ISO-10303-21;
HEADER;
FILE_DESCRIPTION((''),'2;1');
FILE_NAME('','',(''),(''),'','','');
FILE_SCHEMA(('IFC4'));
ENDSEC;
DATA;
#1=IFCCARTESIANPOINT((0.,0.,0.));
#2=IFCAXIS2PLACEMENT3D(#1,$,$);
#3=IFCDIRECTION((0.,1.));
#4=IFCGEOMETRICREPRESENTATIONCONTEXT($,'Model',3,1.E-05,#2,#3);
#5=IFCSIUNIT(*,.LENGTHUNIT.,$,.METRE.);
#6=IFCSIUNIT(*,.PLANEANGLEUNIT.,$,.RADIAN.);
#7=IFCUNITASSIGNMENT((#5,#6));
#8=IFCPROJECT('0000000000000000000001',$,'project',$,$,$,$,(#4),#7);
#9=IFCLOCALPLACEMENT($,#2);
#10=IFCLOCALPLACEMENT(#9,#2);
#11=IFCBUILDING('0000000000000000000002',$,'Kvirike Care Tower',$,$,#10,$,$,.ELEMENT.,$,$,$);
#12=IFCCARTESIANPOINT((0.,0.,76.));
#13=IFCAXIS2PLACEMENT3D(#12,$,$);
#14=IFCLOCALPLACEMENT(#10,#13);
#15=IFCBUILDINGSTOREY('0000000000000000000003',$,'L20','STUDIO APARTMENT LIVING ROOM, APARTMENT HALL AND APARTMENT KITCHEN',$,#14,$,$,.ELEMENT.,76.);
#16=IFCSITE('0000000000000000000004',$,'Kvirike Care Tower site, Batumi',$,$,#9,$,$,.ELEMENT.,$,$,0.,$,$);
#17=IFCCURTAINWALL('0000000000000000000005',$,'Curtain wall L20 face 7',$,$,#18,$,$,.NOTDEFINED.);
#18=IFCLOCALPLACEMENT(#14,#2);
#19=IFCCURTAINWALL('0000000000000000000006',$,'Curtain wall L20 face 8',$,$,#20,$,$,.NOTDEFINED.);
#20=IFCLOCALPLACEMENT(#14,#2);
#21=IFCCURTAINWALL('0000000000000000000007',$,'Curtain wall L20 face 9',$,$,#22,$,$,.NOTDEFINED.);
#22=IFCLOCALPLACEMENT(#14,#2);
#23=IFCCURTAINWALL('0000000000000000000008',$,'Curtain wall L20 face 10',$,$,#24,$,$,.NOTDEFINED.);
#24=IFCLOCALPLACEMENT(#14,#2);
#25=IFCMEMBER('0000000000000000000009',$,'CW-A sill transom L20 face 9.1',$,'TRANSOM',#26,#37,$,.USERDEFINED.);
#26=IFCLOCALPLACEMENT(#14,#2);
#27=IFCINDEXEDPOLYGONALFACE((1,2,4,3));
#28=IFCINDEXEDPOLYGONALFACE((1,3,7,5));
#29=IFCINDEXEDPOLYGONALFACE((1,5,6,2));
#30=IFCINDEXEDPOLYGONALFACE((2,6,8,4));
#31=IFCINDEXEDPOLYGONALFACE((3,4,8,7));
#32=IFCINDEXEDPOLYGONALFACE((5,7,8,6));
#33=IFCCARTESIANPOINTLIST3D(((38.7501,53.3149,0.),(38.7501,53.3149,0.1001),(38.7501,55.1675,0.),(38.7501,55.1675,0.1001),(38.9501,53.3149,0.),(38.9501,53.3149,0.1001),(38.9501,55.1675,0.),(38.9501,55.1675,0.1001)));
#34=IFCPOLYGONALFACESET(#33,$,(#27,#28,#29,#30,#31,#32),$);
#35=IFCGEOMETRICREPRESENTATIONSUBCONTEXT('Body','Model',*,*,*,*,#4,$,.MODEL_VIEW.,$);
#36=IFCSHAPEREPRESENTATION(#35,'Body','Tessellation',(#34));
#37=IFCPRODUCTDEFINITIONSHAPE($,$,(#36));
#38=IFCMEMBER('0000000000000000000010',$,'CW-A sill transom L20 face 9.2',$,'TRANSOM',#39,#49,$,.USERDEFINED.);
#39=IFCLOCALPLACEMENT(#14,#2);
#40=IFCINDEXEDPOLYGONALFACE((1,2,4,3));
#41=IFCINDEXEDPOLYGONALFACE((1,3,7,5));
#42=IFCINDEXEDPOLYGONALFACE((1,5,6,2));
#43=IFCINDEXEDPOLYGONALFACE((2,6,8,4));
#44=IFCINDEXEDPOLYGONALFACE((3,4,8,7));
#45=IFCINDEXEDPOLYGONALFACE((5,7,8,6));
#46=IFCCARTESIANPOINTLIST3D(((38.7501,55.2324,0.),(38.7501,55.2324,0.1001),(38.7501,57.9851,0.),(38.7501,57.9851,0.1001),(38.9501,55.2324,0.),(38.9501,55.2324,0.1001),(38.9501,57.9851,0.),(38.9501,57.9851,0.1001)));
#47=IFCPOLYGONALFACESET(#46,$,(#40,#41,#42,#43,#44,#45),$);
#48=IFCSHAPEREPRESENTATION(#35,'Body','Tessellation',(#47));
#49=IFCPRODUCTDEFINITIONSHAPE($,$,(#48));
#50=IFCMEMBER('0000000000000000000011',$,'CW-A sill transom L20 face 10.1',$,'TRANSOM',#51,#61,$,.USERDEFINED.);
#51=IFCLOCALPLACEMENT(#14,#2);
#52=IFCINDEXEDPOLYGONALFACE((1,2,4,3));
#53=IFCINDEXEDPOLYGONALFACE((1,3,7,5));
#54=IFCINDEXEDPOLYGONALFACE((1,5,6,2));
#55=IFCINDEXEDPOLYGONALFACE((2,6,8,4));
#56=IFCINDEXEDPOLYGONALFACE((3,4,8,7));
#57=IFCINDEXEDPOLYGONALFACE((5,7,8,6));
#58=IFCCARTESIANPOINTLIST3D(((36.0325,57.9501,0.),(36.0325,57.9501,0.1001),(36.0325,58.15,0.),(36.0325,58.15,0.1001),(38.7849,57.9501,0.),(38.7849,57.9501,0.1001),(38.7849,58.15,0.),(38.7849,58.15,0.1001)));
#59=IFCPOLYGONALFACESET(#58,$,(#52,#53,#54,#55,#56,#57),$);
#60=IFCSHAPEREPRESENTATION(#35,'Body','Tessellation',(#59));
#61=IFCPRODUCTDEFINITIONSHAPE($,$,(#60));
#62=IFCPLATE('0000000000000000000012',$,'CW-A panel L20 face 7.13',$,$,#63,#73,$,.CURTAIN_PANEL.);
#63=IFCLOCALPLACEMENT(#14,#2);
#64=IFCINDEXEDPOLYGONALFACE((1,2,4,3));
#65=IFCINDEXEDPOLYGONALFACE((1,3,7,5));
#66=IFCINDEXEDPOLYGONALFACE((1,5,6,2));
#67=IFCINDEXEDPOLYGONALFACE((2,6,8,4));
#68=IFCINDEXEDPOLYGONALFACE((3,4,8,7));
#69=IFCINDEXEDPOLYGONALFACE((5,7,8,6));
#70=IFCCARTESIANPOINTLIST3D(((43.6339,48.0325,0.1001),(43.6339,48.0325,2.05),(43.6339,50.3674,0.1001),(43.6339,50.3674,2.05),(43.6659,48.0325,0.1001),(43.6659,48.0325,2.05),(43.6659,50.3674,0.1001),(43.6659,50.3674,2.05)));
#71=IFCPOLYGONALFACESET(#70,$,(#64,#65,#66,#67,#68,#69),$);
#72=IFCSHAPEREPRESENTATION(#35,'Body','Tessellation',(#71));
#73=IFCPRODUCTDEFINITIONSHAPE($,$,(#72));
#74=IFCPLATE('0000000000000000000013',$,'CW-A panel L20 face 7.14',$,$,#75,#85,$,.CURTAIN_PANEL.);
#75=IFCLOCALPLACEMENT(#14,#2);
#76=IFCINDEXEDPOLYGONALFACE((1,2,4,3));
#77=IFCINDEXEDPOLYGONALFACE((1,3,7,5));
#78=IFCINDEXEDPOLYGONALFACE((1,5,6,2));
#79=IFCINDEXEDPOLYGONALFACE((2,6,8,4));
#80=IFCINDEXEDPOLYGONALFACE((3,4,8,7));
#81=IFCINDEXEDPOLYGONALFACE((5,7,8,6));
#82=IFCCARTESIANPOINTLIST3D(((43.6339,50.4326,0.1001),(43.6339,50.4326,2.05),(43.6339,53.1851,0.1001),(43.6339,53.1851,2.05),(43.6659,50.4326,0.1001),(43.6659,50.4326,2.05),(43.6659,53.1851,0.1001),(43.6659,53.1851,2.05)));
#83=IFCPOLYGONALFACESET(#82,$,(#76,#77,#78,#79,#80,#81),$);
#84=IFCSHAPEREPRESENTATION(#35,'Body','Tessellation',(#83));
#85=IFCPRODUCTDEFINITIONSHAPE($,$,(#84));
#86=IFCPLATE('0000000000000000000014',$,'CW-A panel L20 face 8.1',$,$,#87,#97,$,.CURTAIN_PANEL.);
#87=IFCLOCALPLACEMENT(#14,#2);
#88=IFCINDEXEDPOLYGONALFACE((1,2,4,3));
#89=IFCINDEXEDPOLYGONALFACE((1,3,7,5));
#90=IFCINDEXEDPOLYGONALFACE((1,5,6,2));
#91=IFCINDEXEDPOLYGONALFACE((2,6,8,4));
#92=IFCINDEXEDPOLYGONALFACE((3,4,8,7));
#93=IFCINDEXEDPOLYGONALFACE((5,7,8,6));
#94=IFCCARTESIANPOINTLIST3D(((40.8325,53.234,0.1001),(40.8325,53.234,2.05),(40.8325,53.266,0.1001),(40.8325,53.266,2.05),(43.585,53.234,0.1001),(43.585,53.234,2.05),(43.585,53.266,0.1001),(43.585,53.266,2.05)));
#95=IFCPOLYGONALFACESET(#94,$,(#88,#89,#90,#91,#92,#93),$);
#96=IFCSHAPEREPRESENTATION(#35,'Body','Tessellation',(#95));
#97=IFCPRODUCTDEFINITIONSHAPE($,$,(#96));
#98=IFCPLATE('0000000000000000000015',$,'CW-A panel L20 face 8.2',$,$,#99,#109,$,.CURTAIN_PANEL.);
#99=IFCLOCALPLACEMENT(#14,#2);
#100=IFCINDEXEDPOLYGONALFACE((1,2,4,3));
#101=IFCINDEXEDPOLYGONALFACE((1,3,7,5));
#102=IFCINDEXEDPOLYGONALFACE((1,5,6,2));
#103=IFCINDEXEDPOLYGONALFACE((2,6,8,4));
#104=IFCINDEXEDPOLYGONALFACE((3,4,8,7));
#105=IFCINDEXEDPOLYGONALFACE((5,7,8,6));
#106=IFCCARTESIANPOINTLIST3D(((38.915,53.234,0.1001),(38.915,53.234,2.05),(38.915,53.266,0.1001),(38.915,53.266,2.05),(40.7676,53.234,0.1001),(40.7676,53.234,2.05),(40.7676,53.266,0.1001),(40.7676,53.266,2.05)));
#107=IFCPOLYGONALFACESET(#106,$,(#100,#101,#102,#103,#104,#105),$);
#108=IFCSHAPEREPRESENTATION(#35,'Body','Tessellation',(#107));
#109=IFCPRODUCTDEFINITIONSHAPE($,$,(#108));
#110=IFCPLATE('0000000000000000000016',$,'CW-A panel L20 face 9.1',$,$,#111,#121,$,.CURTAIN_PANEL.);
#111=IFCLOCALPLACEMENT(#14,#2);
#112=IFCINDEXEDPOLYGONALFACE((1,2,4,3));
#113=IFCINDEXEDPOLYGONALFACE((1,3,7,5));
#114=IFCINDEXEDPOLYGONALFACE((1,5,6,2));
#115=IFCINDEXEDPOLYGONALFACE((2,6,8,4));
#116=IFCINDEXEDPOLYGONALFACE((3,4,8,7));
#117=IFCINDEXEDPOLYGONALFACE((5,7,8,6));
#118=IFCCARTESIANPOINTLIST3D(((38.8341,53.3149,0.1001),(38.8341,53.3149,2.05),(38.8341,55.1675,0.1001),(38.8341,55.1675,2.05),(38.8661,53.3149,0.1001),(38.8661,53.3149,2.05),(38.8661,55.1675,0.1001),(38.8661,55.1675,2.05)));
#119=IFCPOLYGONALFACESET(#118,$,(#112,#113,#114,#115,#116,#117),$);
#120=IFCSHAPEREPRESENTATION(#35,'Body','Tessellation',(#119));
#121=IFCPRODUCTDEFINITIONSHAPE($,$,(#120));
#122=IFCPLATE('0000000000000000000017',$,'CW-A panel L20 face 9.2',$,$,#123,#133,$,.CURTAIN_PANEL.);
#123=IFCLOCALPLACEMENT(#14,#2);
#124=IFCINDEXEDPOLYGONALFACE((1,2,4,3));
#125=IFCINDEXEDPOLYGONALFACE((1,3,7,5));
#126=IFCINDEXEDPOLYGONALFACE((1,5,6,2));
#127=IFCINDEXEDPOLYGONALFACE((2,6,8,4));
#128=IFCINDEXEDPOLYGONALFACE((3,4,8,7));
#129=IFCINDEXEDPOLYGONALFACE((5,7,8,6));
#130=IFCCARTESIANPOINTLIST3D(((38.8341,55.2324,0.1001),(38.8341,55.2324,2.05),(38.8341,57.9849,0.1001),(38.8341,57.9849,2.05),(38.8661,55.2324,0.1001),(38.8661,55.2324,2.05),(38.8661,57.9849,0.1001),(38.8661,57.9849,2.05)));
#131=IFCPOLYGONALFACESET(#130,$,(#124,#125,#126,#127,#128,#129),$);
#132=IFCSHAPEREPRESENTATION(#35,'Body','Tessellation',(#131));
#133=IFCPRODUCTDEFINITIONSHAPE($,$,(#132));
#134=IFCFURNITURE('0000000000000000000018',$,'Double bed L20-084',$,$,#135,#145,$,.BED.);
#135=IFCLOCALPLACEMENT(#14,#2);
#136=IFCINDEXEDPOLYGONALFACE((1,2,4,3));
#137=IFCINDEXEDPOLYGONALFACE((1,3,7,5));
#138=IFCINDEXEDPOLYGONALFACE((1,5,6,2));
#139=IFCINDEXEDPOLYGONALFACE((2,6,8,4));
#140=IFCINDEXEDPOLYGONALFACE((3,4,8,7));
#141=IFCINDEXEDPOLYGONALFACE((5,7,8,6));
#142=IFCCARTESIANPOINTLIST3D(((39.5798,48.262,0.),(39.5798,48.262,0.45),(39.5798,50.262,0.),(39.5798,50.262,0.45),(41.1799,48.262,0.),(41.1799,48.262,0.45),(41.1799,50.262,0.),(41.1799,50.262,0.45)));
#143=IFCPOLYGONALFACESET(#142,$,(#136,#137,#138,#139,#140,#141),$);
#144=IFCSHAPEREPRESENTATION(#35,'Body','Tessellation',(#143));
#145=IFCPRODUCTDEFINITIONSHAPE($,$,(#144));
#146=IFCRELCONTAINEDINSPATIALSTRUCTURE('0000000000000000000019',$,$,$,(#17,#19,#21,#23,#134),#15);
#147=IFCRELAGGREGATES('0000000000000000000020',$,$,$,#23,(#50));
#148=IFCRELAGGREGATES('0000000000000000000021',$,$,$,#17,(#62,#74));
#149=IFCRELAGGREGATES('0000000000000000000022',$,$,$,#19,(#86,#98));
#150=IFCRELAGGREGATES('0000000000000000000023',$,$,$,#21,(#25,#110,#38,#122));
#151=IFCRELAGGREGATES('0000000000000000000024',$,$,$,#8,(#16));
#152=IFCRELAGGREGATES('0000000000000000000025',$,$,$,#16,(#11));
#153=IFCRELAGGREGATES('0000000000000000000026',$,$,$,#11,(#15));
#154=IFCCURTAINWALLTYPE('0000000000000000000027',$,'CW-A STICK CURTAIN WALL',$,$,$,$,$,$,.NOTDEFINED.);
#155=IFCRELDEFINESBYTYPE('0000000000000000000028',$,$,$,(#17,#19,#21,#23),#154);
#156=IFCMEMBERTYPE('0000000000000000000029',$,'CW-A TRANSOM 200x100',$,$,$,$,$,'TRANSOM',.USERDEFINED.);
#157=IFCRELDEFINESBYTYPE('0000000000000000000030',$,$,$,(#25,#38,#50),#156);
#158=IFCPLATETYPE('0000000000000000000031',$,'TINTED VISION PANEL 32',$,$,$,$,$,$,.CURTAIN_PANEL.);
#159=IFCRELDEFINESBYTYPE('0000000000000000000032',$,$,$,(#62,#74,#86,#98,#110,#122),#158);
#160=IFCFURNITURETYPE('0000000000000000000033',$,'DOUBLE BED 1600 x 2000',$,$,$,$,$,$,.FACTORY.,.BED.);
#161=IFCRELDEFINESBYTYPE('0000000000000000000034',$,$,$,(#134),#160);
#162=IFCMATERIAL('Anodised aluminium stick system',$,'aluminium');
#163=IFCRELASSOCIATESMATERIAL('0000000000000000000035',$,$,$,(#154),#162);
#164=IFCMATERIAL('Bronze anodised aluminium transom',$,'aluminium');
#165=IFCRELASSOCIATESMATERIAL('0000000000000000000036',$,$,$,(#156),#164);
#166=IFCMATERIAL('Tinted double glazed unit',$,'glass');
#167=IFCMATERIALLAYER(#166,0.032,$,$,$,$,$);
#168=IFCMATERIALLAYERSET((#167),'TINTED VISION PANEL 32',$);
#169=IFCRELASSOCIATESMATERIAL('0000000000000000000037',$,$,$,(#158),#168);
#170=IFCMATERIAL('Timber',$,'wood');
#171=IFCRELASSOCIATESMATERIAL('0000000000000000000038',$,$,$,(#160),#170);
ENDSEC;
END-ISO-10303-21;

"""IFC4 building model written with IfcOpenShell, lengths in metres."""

from ifc_helpers import new_model, si_unit, direction, frame, origin, origin_2d, place, context, subcontext, project, spatial, rectangle, extrude, material, layer, layer_set, material_profile, profile_set, type_object, element, aggregate, save


model = new_model("IFC4")

# Units and contexts
model_context = context("Model", 3, precision=1e-05, world=origin(), true_north=direction((0.0, 1.0)))
body_context = subcontext(model_context, "Body", "Model", "MODEL_VIEW")
ifc_project = project(units=[si_unit("LENGTHUNIT", "METRE"), si_unit("PLANEANGLEUNIT", "RADIAN")], contexts=[model_context])

# Site, building, storey
site_placement = place(None, origin())
site = spatial("IfcSite", under=ifc_project, at=site_placement, Name="Kvirike Care Tower site, Batumi", CompositionType="ELEMENT", RefElevation=0.0)
building_placement = place(site_placement, origin())
building = spatial("IfcBuilding", under=site, at=building_placement, Name="Kvirike Care Tower", CompositionType="ELEMENT")
storey_placement = place(building_placement, frame((0.0, 0.0, 76.0)))
storey = spatial("IfcBuildingStorey", under=building, at=storey_placement, Name="L20", Description="STUDIO APARTMENT LIVING ROOM, APARTMENT HALL AND APARTMENT KITCHEN", CompositionType="ELEMENT", Elevation=76.0)

# Curtain walls
ifc_material_1 = material(Name="Anodised aluminium stick system", Category="aluminium")
curtain_wall_type = type_object("IfcCurtainWallType", Name="CW-A STICK CURTAIN WALL", PredefinedType="NOTDEFINED", material=ifc_material_1)
curtain_wall_1_placement = place(storey_placement, origin())
curtain_wall_1 = element("IfcCurtainWall", 1, at=curtain_wall_1_placement, inside=storey, type_object=curtain_wall_type, Name="Curtain wall L20 face 7", PredefinedType="NOTDEFINED")
curtain_wall_2_placement = place(storey_placement, origin())
curtain_wall_2 = element("IfcCurtainWall", 2, at=curtain_wall_2_placement, inside=storey, type_object=curtain_wall_type, Name="Curtain wall L20 face 8", PredefinedType="NOTDEFINED")
curtain_wall_3_placement = place(storey_placement, origin())
curtain_wall_3 = element("IfcCurtainWall", 3, at=curtain_wall_3_placement, inside=storey, type_object=curtain_wall_type, Name="Curtain wall L20 face 9", PredefinedType="NOTDEFINED")

# Curtain wall
curtain_wall_4_placement = place(storey_placement, origin())
curtain_wall_4 = element("IfcCurtainWall", 4, at=curtain_wall_4_placement, inside=storey, type_object=curtain_wall_type, Name="Curtain wall L20 face 10", PredefinedType="NOTDEFINED")

# Members
ifc_material_2 = material(Name="Bronze anodised aluminium transom", Category="aluminium")
ifc_material_profile_1 = material_profile(ifc_material_2, rectangle(XDim=0.2, YDim=0.1001, at=origin_2d()), Name="CW-A TRANSOM 200x100")
ifc_profile_set_1 = profile_set([ifc_material_profile_1], Name="Bronze anodised aluminium transom")
member_type_1 = type_object("IfcMemberType", Name="CW-A TRANSOM 200x100", ElementType="TRANSOM", PredefinedType="USERDEFINED", material=ifc_profile_set_1)
member_1_placement = place(storey_placement, frame((38.8501, 53.3149, 0.05), z_axis=(0.0, 1.0, 0.0), x_axis=(-1.0, 0.0, 0.0)))
member_1 = element("IfcMember", 5, at=member_1_placement, type_object=member_type_1, Name="CW-A sill transom L20 face 9.1", ObjectType="TRANSOM", PredefinedType="USERDEFINED", context=body_context, shape_type="SweptSolid", body=[
    extrude(rectangle(XDim=0.2, YDim=0.1001, at=origin_2d()), origin(), (0.0, 0.0, 1.0), 1.8525),
])
member_2_placement = place(storey_placement, frame((38.8501, 55.2324, 0.05), z_axis=(0.0, 1.0, 0.0), x_axis=(-1.0, 0.0, 0.0)))
member_2 = element("IfcMember", 6, at=member_2_placement, type_object=member_type_1, Name="CW-A sill transom L20 face 9.2", ObjectType="TRANSOM", PredefinedType="USERDEFINED", context=body_context, shape_type="SweptSolid", body=[
    extrude(rectangle(XDim=0.2, YDim=0.1001, at=origin_2d()), origin(), (0.0, 0.0, 1.0), 2.7527),
])
member_3_placement = place(storey_placement, frame((38.7849, 58.05, 0.05), z_axis=(-1.0, 0.0, 0.0), x_axis=(0.0, -1.0, 0.0)))
member_3 = element("IfcMember", 7, at=member_3_placement, type_object=member_type_1, Name="CW-A sill transom L20 face 10.1", ObjectType="TRANSOM", PredefinedType="USERDEFINED", context=body_context, shape_type="SweptSolid", body=[
    extrude(rectangle(XDim=0.2, YDim=0.1001, at=origin_2d()), origin(), (0.0, 0.0, 1.0), 2.7524),
])
aggregate(curtain_wall_4, [member_3])

# Plates
ifc_material_3 = material(Name="Tinted double glazed unit", Category="glass")
ifc_layer = layer(ifc_material_3, 0.032)
ifc_layer_set = layer_set([ifc_layer], Name="TINTED VISION PANEL 32")
plate_type = type_object("IfcPlateType", Name="TINTED VISION PANEL 32", PredefinedType="CURTAIN_PANEL", material=ifc_layer_set)
plate_1_placement = place(storey_placement, frame((43.6499, 49.2, 0.1001), z_axis=(0.0, 0.0, 1.0), x_axis=(0.0, 1.0, 0.0)))
plate_1 = element("IfcPlate", 8, at=plate_1_placement, type_object=plate_type, Name="CW-A panel L20 face 7.13", PredefinedType="CURTAIN_PANEL", context=body_context, shape_type="SweptSolid", body=[
    extrude(rectangle(XDim=2.335, YDim=0.032, at=origin_2d()), origin(), (0.0, 0.0, 1.0), 1.95),
])
plate_2_placement = place(storey_placement, frame((43.6499, 51.8088, 0.1001), z_axis=(0.0, 0.0, 1.0), x_axis=(0.0, 1.0, 0.0)))
plate_2 = element("IfcPlate", 9, at=plate_2_placement, type_object=plate_type, Name="CW-A panel L20 face 7.14", PredefinedType="CURTAIN_PANEL", context=body_context, shape_type="SweptSolid", body=[
    extrude(rectangle(XDim=2.7524, YDim=0.032, at=origin_2d()), origin(), (0.0, 0.0, 1.0), 1.95),
])
aggregate(curtain_wall_1, [plate_1, plate_2])
plate_3_placement = place(storey_placement, frame((42.2087, 53.25, 0.1001), z_axis=(0.0, 0.0, 1.0), x_axis=(-1.0, 0.0, 0.0)))
plate_3 = element("IfcPlate", 10, at=plate_3_placement, type_object=plate_type, Name="CW-A panel L20 face 8.1", PredefinedType="CURTAIN_PANEL", context=body_context, shape_type="SweptSolid", body=[
    extrude(rectangle(XDim=2.7524, YDim=0.032, at=origin_2d()), origin(), (0.0, 0.0, 1.0), 1.95),
])
plate_4_placement = place(storey_placement, frame((39.8413, 53.25, 0.1001), z_axis=(0.0, 0.0, 1.0), x_axis=(-1.0, 0.0, 0.0)))
plate_4 = element("IfcPlate", 11, at=plate_4_placement, type_object=plate_type, Name="CW-A panel L20 face 8.2", PredefinedType="CURTAIN_PANEL", context=body_context, shape_type="SweptSolid", body=[
    extrude(rectangle(XDim=1.8525, YDim=0.032, at=origin_2d()), origin(), (0.0, 0.0, 1.0), 1.95),
])
aggregate(curtain_wall_2, [plate_3, plate_4])
plate_5_placement = place(storey_placement, frame((38.8501, 54.2412, 0.1001), z_axis=(0.0, 0.0, 1.0), x_axis=(0.0, 1.0, 0.0)))
plate_5 = element("IfcPlate", 12, at=plate_5_placement, type_object=plate_type, Name="CW-A panel L20 face 9.1", PredefinedType="CURTAIN_PANEL", context=body_context, shape_type="SweptSolid", body=[
    extrude(rectangle(XDim=1.8525, YDim=0.032, at=origin_2d()), origin(), (0.0, 0.0, 1.0), 1.95),
])
plate_6_placement = place(storey_placement, frame((38.8501, 56.6086, 0.1001), z_axis=(0.0, 0.0, 1.0), x_axis=(0.0, 1.0, 0.0)))
plate_6 = element("IfcPlate", 13, at=plate_6_placement, type_object=plate_type, Name="CW-A panel L20 face 9.2", PredefinedType="CURTAIN_PANEL", context=body_context, shape_type="SweptSolid", body=[
    extrude(rectangle(XDim=2.7524, YDim=0.032, at=origin_2d()), origin(), (0.0, 0.0, 1.0), 1.95),
])
aggregate(curtain_wall_3, [member_1, plate_5, member_2, plate_6])

# Furniture
ifc_material_4 = material(Name="Timber", Category="wood")
furniture_type = type_object("IfcFurnitureType", Name="DOUBLE BED 1600 x 2000", AssemblyPlace="FACTORY", PredefinedType="BED", material=ifc_material_4)
furniture_placement = place(storey_placement, frame((40.3799, 49.262, 0.0), z_axis=(0.0, 0.0, 1.0), x_axis=(-1.0, 0.0, 0.0)))
element("IfcFurniture", 14, at=furniture_placement, inside=storey, type_object=furniture_type, Name="Double bed L20-084", PredefinedType="BED", context=body_context, shape_type="SweptSolid", body=[
    extrude(rectangle(XDim=1.6001, YDim=2.0, at=origin_2d()), origin(), (0.0, 0.0, 1.0), 0.45),
])

save(model, "model.ifc")
